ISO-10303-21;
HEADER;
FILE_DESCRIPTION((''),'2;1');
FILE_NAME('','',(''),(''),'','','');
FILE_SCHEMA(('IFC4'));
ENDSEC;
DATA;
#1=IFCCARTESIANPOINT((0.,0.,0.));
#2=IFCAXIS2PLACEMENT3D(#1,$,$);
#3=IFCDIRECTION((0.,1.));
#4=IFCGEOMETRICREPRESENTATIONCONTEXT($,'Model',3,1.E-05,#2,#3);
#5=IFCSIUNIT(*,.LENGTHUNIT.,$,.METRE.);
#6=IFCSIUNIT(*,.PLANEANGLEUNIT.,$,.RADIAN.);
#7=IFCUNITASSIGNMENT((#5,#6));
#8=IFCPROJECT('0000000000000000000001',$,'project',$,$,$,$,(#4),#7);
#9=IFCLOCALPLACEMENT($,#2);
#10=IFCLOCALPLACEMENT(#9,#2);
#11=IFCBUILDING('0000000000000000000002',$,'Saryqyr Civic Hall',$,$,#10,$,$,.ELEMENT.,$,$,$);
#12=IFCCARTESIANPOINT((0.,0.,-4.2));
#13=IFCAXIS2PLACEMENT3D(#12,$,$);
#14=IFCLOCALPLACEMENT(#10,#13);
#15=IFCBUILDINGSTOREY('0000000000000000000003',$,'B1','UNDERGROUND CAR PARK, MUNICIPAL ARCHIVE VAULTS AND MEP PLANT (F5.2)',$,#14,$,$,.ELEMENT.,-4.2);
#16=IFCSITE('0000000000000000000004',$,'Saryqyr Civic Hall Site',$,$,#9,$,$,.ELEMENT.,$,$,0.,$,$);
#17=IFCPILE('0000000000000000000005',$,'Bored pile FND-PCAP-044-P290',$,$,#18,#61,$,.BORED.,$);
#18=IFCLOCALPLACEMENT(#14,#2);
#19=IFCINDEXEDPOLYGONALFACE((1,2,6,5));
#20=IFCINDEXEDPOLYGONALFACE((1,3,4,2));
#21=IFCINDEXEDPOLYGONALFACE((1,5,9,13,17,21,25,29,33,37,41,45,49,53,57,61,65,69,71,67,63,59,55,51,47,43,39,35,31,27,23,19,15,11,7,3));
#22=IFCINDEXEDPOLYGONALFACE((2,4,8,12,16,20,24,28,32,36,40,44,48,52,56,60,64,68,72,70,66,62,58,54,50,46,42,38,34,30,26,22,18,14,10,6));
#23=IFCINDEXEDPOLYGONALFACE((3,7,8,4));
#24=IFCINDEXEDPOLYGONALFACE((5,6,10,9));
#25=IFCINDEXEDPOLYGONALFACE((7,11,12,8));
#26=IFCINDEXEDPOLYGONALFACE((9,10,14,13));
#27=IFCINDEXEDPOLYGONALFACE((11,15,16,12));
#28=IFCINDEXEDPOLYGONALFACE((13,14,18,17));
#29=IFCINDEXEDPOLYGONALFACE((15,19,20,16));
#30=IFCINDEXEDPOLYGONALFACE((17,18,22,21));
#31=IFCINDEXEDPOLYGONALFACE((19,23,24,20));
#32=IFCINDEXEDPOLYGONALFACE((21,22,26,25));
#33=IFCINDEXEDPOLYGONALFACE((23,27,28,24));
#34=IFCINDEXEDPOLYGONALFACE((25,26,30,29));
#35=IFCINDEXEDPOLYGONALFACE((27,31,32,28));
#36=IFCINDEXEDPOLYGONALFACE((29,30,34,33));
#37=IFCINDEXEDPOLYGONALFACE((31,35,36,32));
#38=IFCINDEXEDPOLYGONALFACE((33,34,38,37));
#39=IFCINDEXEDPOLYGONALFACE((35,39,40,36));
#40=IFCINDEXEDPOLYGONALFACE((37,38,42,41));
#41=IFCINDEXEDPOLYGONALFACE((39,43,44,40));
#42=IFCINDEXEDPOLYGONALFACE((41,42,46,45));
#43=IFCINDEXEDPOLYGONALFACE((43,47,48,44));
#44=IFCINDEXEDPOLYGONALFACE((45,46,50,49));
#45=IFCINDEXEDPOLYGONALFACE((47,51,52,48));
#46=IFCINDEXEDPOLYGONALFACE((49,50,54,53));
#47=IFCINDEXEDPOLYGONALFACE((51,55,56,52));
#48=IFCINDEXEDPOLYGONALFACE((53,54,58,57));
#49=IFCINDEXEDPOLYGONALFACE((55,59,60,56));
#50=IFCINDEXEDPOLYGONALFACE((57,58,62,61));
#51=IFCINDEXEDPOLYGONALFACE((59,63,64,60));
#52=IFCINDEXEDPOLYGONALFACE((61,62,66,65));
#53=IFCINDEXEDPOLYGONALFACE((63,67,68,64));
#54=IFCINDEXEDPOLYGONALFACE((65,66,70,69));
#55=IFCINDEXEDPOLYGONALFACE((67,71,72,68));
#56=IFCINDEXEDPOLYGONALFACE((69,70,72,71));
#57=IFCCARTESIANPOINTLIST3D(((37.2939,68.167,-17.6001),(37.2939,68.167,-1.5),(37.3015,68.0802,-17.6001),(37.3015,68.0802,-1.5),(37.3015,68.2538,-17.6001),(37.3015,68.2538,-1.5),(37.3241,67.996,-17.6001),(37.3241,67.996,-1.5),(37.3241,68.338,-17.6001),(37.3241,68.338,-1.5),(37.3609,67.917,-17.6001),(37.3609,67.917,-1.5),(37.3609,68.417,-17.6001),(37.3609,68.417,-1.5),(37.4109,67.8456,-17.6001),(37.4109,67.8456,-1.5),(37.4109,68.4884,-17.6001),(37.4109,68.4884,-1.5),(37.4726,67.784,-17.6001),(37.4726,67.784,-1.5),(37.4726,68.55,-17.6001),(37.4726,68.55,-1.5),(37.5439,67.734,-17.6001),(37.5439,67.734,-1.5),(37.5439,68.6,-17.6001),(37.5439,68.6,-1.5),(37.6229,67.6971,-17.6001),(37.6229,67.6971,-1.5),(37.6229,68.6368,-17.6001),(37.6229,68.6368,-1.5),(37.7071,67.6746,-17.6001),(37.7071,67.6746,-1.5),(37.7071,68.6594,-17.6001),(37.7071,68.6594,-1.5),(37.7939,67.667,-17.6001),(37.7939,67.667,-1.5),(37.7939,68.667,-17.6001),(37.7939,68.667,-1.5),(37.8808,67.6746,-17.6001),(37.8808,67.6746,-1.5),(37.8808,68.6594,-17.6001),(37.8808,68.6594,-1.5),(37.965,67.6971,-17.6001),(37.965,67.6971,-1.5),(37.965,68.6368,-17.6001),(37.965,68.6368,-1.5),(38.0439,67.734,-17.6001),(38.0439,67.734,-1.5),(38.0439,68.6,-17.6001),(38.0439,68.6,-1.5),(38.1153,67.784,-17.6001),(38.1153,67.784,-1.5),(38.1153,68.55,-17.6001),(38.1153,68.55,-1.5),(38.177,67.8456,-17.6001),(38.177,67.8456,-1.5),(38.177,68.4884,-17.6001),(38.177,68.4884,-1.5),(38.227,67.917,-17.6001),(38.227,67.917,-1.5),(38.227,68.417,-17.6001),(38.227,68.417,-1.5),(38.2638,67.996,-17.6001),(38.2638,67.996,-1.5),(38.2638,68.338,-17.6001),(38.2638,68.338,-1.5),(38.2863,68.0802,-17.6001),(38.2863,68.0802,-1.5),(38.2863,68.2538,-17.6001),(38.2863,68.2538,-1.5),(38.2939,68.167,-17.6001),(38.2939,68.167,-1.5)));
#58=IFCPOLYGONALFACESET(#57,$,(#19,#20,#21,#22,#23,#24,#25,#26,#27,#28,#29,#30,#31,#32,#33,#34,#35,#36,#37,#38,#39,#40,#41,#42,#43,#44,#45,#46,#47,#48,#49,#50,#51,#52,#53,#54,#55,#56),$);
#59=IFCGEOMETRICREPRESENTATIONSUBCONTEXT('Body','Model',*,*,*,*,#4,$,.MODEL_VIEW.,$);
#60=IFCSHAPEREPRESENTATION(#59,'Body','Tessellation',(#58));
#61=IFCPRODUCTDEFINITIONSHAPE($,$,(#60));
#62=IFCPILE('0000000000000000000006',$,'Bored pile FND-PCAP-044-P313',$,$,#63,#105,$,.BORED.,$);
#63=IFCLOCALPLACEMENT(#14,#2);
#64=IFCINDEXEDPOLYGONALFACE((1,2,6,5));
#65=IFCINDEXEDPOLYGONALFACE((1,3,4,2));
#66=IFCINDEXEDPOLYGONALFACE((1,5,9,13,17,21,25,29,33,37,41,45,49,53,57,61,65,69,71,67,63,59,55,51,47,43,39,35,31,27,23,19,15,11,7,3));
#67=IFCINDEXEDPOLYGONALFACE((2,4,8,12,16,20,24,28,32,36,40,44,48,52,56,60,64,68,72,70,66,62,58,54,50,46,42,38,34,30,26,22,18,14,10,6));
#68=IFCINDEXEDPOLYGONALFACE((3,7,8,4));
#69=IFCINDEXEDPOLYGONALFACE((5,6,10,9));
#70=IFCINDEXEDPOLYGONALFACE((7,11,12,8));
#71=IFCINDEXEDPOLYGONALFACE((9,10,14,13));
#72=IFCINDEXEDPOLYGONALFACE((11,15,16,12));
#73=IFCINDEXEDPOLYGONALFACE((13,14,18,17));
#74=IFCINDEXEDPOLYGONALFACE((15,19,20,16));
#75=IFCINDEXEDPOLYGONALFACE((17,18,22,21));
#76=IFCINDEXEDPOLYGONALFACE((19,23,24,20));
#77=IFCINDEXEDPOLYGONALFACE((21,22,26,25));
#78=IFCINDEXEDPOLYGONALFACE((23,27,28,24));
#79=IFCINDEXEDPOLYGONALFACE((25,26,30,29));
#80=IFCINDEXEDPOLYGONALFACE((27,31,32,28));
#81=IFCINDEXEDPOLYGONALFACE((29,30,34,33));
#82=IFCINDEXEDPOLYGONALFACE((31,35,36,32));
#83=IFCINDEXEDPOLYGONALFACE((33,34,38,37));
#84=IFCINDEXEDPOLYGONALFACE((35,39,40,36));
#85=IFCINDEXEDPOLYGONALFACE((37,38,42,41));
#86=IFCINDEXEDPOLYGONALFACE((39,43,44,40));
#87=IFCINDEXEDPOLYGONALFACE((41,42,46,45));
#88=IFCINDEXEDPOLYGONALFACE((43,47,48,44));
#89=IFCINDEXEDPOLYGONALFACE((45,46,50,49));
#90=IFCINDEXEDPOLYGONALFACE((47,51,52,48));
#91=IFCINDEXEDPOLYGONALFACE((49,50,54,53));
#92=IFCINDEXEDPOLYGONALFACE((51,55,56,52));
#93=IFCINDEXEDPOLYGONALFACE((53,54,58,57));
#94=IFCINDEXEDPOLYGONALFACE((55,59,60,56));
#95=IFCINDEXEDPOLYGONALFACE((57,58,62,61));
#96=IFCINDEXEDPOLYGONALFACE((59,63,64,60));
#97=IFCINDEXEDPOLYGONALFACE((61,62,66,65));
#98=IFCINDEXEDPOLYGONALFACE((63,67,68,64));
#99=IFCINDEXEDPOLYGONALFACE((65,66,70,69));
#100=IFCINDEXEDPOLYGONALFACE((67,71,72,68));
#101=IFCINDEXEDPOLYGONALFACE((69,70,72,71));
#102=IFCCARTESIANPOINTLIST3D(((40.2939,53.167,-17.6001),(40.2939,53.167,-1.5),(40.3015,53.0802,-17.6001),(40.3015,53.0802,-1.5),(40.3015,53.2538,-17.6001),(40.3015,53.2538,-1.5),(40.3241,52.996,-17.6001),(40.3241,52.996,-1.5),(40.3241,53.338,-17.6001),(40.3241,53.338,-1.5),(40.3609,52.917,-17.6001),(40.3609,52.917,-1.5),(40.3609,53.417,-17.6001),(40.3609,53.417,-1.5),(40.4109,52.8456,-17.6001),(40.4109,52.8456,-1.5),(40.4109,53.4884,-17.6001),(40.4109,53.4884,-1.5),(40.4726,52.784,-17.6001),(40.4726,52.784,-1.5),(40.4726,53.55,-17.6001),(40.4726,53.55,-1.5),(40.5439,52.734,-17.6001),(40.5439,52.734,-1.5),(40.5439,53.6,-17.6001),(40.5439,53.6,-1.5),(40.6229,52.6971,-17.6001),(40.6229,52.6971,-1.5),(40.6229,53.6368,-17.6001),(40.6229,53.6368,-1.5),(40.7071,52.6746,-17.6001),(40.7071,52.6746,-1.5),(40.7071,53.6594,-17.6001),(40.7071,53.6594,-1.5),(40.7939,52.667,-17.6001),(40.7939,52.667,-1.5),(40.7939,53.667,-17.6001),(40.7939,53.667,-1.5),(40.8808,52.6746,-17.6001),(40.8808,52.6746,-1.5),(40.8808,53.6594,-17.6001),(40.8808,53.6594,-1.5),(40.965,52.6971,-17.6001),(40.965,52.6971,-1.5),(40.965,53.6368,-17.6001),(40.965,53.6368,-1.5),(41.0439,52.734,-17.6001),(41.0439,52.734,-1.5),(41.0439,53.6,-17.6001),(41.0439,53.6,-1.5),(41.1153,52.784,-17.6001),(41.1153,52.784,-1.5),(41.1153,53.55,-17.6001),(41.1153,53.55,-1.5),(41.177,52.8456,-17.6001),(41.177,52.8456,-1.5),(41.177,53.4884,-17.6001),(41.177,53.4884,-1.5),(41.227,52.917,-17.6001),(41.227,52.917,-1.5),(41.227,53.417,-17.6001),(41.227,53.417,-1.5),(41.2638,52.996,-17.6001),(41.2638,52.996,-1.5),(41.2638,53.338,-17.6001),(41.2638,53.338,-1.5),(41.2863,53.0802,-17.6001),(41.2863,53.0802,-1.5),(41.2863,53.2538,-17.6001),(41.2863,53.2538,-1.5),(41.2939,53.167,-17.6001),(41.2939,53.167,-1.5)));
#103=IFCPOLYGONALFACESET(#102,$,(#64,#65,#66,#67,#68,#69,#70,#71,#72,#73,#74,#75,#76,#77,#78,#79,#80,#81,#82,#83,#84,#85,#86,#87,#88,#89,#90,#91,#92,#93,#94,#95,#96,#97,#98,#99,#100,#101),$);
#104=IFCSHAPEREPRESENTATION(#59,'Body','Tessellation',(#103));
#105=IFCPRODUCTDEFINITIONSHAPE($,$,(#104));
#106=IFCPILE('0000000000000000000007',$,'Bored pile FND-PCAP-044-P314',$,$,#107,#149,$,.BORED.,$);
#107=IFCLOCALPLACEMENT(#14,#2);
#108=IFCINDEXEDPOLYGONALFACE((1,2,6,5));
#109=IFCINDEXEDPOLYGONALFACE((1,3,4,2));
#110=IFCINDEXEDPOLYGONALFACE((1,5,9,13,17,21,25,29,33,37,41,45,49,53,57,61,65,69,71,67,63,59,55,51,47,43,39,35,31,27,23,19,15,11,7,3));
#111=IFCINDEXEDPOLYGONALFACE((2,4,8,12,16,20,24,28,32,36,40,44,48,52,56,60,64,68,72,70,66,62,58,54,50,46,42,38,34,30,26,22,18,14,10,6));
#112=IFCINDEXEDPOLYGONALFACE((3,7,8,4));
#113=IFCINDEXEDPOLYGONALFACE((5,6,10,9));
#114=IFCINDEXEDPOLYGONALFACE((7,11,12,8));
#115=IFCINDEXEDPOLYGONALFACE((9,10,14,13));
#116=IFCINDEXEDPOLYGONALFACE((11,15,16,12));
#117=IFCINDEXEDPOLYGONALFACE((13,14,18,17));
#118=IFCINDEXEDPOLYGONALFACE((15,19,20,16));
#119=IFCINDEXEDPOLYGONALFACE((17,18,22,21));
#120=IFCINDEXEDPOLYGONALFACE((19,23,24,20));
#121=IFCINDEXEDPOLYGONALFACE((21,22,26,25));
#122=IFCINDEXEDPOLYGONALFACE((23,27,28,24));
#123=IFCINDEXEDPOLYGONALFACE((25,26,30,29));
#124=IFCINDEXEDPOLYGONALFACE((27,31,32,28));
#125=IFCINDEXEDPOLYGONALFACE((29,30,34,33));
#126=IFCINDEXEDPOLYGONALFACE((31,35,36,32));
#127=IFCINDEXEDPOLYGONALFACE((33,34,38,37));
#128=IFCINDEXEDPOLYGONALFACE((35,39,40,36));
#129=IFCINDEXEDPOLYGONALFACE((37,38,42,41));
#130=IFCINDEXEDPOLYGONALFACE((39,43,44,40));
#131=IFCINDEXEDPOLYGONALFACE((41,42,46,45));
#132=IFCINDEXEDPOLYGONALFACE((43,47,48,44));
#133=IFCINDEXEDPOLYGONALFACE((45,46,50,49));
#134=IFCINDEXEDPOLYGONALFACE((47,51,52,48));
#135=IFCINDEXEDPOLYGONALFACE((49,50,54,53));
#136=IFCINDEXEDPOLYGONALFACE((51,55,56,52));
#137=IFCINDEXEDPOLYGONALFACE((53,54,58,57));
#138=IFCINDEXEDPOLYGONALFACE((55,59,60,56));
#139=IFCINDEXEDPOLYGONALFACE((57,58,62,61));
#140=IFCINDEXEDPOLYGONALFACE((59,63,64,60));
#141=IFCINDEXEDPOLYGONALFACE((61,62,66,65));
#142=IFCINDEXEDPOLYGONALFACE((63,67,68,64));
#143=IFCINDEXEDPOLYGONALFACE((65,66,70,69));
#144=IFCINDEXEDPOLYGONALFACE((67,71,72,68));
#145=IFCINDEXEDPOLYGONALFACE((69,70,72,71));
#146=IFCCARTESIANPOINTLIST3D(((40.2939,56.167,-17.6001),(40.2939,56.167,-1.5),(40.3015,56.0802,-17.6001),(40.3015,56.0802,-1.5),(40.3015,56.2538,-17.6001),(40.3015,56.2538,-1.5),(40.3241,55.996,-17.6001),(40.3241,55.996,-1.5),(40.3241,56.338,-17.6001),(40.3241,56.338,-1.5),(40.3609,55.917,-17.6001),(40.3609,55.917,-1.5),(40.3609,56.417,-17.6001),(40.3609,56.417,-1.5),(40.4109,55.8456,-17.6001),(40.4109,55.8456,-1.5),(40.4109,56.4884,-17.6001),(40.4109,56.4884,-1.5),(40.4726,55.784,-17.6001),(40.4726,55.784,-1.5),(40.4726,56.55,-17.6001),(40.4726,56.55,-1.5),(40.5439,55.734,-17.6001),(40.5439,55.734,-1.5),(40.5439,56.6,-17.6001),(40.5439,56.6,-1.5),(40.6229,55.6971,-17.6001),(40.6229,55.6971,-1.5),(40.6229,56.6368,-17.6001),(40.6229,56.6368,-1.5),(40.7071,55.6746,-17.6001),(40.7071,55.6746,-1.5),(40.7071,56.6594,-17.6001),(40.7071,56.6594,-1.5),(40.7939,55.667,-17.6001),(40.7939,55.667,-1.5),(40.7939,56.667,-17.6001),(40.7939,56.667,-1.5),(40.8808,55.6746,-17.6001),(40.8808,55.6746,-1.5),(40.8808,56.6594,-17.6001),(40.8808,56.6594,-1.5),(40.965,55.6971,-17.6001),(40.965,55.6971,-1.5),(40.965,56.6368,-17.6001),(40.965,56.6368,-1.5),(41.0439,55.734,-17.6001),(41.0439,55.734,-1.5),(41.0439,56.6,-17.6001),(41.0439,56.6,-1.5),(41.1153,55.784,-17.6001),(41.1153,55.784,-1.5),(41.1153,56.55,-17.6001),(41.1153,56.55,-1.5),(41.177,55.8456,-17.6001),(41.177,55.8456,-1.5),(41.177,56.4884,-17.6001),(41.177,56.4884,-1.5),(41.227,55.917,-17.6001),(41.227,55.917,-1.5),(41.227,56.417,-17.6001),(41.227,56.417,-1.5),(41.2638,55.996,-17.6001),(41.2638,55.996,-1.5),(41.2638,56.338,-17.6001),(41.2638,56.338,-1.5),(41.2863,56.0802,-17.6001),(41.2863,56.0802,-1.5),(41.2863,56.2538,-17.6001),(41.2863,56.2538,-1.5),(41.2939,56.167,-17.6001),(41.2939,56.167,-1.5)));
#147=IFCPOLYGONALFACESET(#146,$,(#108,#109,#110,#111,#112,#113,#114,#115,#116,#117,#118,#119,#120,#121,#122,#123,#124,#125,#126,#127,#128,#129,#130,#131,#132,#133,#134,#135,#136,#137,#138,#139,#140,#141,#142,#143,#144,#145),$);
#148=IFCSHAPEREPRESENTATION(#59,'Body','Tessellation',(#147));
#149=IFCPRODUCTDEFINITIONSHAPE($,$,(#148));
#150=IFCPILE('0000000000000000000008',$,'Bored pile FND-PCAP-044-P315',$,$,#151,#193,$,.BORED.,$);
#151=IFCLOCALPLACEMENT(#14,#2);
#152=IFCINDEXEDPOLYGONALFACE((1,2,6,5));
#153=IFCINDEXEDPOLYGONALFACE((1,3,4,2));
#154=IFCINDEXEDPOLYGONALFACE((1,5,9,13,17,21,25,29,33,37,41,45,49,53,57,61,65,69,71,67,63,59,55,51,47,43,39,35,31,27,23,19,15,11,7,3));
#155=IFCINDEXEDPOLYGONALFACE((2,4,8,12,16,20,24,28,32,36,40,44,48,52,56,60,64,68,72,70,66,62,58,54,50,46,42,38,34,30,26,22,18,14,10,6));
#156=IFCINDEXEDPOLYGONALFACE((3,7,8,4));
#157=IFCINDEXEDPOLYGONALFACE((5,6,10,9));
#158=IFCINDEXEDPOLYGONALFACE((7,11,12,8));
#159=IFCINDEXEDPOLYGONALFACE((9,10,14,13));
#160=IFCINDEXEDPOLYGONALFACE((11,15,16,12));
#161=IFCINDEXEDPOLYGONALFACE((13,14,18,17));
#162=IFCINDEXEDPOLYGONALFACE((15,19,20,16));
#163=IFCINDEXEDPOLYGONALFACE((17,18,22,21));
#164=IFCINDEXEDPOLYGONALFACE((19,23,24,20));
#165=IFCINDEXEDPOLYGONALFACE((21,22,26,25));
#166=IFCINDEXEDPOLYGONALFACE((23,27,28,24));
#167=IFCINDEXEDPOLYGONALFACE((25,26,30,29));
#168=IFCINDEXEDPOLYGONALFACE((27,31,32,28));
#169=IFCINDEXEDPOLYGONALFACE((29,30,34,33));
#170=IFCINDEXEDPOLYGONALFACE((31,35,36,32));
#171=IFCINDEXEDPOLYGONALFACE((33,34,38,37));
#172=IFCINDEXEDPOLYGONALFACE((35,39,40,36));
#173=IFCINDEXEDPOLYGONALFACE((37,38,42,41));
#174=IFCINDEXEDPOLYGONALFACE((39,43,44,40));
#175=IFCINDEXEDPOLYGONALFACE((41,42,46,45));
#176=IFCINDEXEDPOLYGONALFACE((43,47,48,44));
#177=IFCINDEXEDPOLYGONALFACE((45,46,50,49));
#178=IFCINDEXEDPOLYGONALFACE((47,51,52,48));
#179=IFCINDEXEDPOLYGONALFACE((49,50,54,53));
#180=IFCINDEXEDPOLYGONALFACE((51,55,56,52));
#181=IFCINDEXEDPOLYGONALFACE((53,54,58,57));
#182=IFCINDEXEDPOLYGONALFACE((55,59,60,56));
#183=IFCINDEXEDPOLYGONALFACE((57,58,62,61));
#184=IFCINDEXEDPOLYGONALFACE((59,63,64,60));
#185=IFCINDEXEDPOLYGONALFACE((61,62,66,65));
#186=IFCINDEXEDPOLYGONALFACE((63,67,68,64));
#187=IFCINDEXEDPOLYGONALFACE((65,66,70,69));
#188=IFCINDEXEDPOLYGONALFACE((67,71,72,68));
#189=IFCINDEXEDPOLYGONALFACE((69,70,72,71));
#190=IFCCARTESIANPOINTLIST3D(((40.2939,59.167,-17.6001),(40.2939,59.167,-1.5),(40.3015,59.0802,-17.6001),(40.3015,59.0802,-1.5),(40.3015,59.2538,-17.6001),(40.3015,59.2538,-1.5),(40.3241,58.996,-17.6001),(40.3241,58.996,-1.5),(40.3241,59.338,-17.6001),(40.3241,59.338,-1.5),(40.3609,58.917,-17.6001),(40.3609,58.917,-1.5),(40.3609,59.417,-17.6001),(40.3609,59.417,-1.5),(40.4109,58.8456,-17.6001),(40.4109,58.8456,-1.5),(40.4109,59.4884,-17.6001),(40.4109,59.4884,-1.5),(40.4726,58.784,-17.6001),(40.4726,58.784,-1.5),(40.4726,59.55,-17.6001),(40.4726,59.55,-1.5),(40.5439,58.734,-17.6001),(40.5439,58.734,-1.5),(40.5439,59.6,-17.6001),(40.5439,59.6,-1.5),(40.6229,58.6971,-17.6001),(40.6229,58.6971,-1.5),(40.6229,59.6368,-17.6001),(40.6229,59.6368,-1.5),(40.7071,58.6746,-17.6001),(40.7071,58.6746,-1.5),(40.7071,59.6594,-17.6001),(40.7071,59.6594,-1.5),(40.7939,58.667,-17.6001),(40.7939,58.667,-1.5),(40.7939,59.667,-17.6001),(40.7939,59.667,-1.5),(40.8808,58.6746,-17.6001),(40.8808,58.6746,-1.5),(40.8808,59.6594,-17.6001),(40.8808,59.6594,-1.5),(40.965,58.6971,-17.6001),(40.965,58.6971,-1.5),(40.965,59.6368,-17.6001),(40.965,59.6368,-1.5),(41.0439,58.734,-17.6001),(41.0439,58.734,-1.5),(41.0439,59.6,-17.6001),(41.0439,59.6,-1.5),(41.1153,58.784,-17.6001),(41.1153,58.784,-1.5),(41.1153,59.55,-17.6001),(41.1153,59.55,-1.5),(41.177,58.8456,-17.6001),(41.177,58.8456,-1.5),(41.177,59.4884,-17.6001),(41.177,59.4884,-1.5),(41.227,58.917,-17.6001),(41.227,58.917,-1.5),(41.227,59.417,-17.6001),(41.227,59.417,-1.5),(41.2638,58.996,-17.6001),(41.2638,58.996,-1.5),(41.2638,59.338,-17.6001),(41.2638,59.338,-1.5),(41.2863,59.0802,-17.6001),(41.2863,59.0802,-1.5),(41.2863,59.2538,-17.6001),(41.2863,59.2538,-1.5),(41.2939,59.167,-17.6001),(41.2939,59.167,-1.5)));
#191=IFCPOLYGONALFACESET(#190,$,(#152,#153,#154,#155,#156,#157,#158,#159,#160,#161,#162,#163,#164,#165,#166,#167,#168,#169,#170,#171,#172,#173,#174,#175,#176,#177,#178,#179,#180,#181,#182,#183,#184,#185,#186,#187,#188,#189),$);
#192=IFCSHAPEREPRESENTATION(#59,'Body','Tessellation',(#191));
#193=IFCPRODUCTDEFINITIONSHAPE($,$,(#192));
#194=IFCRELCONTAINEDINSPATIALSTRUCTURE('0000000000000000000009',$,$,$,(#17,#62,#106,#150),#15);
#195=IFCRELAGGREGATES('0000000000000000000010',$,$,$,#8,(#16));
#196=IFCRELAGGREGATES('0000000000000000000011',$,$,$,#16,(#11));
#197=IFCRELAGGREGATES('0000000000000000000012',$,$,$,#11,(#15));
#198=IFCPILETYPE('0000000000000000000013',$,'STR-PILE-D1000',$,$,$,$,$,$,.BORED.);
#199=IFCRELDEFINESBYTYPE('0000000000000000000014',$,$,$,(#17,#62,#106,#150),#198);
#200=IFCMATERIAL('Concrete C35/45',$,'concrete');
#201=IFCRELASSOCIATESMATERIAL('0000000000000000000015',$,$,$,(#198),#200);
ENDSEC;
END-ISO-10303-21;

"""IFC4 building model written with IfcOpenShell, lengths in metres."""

from ifc_helpers import new_model, si_unit, direction, frame, origin, origin_2d, place, context, subcontext, project, spatial, circle, extrude, material, material_profile, profile_set, type_object, element, save


model = new_model("IFC4")

# Units and contexts
model_context = context("Model", 3, precision=1e-05, world=origin(), true_north=direction((0.0, 1.0)))
body_context = subcontext(model_context, "Body", "Model", "MODEL_VIEW")
ifc_project = project(units=[si_unit("LENGTHUNIT", "METRE"), si_unit("PLANEANGLEUNIT", "RADIAN")], contexts=[model_context])

# Site, building, storey
site_placement = place(None, origin())
site = spatial("IfcSite", under=ifc_project, at=site_placement, Name="Saryqyr Civic Hall Site", CompositionType="ELEMENT", RefElevation=0.0)
building_placement = place(site_placement, origin())
building = spatial("IfcBuilding", under=site, at=building_placement, Name="Saryqyr Civic Hall", CompositionType="ELEMENT")
storey_placement = place(building_placement, frame((0.0, 0.0, -4.2)))
storey = spatial("IfcBuildingStorey", under=building, at=storey_placement, Name="B1", Description="UNDERGROUND CAR PARK, MUNICIPAL ARCHIVE VAULTS AND MEP PLANT (F5.2)", CompositionType="ELEMENT", Elevation=-4.2)

# Piles
ifc_material_1 = material(Name="Concrete C35/45", Category="concrete")
ifc_material_profile_1 = material_profile(ifc_material_1, circle(Radius=0.5, at=origin_2d()), Name="BORED PILE D1000")
ifc_profile_set_1 = profile_set([ifc_material_profile_1], Name="Concrete C35/45")
pile_type = type_object("IfcPileType", Name="STR-PILE-D1000", PredefinedType="BORED", material=ifc_profile_set_1)
for number, where, z_axis, x_axis, name in (
    (1, (37.7939, 68.167, -1.5), (0.0, 0.0, -1.0), (1.0, 0.0, 0.0), "Bored pile FND-PCAP-044-P290"),
    (2, (40.7939, 53.167, -1.5), (0.0, 0.0, -1.0), (1.0, 0.0, 0.0), "Bored pile FND-PCAP-044-P313"),
    (3, (40.7939, 56.167, -1.5), (0.0, 0.0, -1.0), (1.0, 0.0, 0.0), "Bored pile FND-PCAP-044-P314"),
    (4, (40.7939, 59.167, -1.5), (0.0, 0.0, -1.0), (1.0, 0.0, 0.0), "Bored pile FND-PCAP-044-P315"),
):
    element("IfcPile", number, at=place(storey_placement, frame(where, z_axis=z_axis, x_axis=x_axis)), inside=storey, type_object=pile_type, Name=name, PredefinedType="BORED", context=body_context, shape_type="SweptSolid", body=[
        extrude(circle(Radius=0.5, at=origin_2d()), origin(), (0.0, 0.0, 1.0), 16.1001),
    ])

save(model, "model.ifc")
